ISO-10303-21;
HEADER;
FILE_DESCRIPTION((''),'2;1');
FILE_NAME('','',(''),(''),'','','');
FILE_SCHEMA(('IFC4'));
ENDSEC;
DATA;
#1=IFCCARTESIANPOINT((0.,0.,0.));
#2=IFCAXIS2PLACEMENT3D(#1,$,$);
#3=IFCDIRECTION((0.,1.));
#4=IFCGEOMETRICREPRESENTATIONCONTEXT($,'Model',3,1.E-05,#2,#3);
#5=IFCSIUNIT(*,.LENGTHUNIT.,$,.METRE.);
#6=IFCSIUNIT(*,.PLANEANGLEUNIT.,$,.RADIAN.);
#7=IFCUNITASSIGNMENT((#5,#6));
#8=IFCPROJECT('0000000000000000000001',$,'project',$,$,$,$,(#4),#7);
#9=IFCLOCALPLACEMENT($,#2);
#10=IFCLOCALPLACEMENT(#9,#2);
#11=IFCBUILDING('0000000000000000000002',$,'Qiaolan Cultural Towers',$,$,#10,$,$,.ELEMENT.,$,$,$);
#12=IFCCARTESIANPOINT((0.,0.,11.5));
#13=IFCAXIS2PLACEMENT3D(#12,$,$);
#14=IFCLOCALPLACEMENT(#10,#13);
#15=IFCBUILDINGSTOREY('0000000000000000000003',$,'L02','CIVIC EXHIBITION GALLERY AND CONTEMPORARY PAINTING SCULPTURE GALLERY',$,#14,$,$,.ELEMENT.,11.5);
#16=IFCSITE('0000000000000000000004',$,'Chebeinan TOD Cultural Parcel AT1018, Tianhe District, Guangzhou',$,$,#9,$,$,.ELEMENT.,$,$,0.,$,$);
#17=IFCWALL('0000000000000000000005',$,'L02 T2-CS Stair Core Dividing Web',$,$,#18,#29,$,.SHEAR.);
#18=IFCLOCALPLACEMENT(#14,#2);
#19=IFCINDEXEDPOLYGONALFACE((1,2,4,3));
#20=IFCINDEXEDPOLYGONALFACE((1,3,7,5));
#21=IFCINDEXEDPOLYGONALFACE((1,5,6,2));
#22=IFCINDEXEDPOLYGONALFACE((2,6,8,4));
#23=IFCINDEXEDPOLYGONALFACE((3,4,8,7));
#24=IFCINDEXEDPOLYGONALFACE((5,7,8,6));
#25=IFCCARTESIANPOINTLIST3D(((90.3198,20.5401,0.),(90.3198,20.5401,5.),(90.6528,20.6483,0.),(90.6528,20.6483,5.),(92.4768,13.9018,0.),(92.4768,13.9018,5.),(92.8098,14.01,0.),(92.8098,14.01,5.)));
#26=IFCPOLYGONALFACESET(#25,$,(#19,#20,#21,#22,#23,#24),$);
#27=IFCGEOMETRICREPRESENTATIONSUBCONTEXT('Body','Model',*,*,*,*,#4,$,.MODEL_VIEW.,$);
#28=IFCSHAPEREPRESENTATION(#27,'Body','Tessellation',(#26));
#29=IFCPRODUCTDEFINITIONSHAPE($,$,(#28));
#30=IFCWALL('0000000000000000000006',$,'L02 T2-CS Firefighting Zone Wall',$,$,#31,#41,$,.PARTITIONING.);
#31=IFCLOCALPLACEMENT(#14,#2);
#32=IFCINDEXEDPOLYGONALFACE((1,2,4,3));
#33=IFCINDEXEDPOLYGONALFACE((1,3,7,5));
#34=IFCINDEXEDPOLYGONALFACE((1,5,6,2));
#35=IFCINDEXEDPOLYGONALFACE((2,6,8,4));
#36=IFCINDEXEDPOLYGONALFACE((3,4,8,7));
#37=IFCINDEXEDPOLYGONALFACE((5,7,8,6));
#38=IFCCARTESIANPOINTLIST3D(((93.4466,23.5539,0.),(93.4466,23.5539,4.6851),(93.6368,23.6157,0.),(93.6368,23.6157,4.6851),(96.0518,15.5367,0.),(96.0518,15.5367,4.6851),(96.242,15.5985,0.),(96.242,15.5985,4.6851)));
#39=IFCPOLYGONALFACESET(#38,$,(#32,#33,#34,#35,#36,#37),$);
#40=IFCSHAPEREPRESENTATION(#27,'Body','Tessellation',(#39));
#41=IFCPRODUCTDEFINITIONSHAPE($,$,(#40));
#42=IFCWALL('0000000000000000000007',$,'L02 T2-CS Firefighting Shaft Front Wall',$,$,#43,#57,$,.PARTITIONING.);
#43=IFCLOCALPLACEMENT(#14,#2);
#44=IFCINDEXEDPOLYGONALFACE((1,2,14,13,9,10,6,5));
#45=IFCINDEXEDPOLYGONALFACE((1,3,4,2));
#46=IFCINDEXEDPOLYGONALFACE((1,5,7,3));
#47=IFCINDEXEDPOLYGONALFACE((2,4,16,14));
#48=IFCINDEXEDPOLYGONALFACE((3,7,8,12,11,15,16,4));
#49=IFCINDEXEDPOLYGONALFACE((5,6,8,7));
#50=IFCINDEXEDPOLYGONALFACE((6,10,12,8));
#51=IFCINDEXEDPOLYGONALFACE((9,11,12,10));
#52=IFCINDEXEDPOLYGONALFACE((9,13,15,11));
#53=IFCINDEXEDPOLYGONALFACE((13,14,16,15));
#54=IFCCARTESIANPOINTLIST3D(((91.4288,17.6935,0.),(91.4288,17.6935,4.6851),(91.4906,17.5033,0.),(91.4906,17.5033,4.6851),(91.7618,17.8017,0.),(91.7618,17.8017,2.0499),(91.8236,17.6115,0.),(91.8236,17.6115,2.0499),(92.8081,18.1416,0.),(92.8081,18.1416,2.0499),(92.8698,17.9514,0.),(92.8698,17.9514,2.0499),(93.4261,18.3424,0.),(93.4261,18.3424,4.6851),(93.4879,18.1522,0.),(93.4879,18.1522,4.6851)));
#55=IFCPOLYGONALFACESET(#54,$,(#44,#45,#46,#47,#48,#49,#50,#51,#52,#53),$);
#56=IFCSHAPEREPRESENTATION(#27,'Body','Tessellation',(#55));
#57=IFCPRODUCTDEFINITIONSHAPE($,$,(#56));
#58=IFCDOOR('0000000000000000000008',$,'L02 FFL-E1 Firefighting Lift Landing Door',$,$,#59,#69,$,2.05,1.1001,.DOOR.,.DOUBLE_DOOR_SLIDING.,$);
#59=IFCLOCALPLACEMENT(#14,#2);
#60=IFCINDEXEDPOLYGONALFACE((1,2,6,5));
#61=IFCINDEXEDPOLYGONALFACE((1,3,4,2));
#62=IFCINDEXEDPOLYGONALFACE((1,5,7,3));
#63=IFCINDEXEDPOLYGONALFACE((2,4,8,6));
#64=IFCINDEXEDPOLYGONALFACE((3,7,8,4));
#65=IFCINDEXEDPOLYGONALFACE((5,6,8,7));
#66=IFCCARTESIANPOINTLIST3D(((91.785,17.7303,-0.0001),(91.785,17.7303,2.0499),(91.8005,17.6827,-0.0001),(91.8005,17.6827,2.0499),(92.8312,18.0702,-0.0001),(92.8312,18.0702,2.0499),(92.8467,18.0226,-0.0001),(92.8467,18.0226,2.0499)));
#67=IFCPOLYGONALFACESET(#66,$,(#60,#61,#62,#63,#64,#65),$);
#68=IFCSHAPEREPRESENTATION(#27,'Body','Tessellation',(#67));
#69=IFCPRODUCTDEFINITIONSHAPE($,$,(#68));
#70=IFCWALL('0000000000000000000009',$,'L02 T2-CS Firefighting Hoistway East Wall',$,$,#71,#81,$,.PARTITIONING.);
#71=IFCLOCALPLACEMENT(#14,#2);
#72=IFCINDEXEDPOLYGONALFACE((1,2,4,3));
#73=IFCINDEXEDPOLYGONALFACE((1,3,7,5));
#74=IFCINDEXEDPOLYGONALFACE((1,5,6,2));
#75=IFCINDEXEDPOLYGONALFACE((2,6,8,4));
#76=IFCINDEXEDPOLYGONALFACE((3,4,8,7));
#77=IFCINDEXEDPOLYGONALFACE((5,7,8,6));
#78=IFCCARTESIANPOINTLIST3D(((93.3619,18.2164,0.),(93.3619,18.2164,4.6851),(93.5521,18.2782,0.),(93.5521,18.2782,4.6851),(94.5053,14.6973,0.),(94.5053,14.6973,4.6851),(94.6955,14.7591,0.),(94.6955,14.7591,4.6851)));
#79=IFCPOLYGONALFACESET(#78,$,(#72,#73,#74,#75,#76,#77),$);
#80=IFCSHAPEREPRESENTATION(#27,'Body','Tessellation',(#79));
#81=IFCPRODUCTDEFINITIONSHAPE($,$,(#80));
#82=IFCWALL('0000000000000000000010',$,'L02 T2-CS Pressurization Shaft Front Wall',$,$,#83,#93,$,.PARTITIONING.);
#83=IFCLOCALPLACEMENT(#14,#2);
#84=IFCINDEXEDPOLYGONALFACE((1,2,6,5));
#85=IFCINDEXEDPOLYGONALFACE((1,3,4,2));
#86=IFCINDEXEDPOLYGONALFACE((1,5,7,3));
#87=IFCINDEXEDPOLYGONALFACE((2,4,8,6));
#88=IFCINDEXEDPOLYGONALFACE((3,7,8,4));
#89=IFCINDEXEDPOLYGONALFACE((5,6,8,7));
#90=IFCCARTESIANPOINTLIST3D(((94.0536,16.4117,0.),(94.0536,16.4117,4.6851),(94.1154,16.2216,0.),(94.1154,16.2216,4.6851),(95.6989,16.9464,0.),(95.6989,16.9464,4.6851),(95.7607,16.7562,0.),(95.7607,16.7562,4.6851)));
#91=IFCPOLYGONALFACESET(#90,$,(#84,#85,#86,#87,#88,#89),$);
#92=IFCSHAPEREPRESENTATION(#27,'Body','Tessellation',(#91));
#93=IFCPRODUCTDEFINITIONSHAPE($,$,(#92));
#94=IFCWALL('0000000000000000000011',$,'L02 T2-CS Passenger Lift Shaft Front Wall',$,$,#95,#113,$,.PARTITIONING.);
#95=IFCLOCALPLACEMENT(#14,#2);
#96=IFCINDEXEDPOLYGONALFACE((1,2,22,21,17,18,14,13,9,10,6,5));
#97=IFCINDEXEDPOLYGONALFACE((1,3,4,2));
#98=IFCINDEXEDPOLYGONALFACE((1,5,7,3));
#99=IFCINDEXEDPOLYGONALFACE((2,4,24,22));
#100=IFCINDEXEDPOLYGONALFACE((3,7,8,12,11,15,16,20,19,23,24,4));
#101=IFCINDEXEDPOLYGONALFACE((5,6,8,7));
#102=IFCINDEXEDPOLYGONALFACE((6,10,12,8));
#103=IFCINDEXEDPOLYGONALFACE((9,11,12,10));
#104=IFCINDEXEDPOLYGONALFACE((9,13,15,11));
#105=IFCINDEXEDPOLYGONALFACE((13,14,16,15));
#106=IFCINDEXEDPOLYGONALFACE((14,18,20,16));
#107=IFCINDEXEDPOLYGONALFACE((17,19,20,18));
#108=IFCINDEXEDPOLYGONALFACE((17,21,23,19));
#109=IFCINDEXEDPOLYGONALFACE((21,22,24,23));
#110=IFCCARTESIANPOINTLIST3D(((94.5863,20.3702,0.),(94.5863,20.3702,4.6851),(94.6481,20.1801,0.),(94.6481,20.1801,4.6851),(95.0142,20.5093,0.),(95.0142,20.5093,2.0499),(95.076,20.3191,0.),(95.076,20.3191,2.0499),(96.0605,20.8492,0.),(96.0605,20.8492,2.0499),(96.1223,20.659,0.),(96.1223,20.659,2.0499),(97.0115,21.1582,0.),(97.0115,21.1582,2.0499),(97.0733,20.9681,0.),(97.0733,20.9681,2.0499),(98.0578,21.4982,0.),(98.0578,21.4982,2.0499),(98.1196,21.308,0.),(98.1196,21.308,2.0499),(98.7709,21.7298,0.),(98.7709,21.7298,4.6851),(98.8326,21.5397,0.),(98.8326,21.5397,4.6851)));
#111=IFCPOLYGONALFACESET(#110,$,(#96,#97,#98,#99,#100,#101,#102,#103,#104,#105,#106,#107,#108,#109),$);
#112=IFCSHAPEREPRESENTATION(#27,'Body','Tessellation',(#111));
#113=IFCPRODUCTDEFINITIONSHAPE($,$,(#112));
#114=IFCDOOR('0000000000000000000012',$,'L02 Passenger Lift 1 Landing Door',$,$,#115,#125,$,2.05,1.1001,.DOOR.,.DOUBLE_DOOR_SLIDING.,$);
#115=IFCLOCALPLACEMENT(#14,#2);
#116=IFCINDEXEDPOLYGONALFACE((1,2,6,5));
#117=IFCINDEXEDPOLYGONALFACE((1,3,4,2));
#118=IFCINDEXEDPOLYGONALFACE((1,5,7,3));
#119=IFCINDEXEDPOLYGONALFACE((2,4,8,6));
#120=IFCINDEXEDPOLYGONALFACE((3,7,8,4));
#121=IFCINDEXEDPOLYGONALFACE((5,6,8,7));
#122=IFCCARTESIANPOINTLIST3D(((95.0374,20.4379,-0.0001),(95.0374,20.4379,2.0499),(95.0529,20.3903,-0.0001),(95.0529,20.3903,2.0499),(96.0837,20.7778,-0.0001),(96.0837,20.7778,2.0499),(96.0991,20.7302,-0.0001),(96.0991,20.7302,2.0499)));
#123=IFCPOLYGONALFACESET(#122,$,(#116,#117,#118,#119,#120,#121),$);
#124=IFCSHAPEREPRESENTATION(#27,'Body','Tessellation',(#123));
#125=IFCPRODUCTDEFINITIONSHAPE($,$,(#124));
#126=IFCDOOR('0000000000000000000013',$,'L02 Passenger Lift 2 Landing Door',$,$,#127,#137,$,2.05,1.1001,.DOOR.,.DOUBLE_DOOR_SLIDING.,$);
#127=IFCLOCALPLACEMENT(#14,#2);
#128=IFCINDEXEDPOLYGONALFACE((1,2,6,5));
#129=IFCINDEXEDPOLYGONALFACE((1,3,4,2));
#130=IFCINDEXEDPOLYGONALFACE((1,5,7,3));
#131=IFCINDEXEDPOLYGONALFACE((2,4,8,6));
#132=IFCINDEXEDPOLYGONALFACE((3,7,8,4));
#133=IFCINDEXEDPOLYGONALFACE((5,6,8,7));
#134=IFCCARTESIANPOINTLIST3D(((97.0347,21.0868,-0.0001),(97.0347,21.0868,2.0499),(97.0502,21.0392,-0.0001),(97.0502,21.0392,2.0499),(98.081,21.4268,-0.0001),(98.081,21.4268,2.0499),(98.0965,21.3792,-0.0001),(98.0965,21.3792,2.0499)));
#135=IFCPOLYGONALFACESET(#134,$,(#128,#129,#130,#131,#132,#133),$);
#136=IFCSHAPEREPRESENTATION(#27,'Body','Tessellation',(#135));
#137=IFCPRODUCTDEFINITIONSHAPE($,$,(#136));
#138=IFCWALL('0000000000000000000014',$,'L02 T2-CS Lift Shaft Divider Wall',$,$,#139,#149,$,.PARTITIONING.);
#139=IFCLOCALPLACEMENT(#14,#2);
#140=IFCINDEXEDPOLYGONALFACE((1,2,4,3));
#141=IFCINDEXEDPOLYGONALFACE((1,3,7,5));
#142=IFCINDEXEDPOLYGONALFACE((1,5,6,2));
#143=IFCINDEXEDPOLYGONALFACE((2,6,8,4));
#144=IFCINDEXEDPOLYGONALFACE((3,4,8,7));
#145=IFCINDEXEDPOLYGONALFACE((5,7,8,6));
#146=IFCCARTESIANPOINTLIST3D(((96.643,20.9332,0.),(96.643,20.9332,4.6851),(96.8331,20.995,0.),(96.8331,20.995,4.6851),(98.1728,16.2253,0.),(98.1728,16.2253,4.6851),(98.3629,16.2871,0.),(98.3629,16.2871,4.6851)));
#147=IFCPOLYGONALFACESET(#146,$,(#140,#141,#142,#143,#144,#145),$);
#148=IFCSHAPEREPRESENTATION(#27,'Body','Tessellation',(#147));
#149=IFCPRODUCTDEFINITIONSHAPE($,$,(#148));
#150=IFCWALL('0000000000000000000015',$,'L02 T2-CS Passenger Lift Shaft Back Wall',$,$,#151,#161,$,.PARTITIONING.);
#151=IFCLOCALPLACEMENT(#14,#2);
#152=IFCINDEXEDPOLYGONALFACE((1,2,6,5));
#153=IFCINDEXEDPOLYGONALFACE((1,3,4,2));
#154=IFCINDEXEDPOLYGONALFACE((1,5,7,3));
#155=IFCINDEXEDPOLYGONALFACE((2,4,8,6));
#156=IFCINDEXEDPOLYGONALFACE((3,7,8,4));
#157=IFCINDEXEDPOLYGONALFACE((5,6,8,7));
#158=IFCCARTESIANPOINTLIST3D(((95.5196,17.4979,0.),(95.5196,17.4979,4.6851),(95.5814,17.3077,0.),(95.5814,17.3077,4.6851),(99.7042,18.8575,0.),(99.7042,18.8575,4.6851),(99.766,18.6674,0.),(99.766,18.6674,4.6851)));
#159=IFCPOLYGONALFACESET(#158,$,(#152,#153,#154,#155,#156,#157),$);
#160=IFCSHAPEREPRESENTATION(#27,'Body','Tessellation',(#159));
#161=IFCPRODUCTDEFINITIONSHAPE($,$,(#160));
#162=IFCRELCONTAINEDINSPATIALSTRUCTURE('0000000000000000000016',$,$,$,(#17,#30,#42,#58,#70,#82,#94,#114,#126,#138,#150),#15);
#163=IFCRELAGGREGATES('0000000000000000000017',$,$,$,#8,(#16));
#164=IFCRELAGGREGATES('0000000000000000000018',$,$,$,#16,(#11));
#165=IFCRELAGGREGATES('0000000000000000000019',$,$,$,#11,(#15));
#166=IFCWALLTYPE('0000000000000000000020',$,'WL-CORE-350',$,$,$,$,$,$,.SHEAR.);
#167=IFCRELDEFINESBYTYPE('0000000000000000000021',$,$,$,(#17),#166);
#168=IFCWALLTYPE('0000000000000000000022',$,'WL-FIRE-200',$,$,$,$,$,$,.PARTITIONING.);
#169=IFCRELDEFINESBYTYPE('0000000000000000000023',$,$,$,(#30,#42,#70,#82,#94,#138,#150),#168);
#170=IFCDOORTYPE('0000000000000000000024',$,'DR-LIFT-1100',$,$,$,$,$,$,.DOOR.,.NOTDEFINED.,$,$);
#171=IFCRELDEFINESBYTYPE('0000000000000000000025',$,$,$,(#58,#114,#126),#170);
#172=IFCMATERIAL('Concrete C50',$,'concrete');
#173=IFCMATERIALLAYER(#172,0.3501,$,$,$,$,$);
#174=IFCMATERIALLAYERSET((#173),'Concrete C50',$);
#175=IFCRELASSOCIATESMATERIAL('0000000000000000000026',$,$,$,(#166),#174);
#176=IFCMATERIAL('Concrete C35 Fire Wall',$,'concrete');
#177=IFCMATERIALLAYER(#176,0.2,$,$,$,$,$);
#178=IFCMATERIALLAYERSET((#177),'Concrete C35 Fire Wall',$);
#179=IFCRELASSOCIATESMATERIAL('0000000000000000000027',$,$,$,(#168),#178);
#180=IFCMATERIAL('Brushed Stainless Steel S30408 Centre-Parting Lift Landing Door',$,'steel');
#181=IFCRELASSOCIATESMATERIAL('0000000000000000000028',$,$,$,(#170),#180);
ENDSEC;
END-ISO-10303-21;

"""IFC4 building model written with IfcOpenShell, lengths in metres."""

from ifc_helpers import new_model, si_unit, direction, frame, frame_2d, origin, place, context, subcontext, project, spatial, rectangle, extrude, material, layer, layer_set, type_object, element, fill, save


model = new_model("IFC4")

# Units and contexts
model_context = context("Model", 3, precision=1e-05, world=origin(), true_north=direction((0.0, 1.0)))
body_context = subcontext(model_context, "Body", "Model", "MODEL_VIEW")
ifc_project = project(units=[si_unit("LENGTHUNIT", "METRE"), si_unit("PLANEANGLEUNIT", "RADIAN")], contexts=[model_context])

# Site, building, storey
site_placement = place(None, origin())
site = spatial("IfcSite", under=ifc_project, at=site_placement, Name="Chebeinan TOD Cultural Parcel AT1018, Tianhe District, Guangzhou", CompositionType="ELEMENT", RefElevation=0.0)
building_placement = place(site_placement, origin())
building = spatial("IfcBuilding", under=site, at=building_placement, Name="Qiaolan Cultural Towers", CompositionType="ELEMENT")
storey_placement = place(building_placement, frame((0.0, 0.0, 11.5)))
storey = spatial("IfcBuildingStorey", under=building, at=storey_placement, Name="L02", Description="CIVIC EXHIBITION GALLERY AND CONTEMPORARY PAINTING SCULPTURE GALLERY", CompositionType="ELEMENT", Elevation=11.5)

# Walls
ifc_material_1 = material(Name="Concrete C50", Category="concrete")
ifc_layer_1 = layer(ifc_material_1, 0.3501)
ifc_layer_set_1 = layer_set([ifc_layer_1], Name="Concrete C50")
wall_type_1 = type_object("IfcWallType", Name="WL-CORE-350", PredefinedType="SHEAR", material=ifc_layer_set_1)
wall_1_placement = place(storey_placement, frame((90.4863, 20.5942, 0.0), z_axis=(0.0, 0.0, 1.0), x_axis=(0.30902, -0.951055, 0.0)))
element("IfcWall", 1, at=wall_1_placement, inside=storey, type_object=wall_type_1, Name="L02 T2-CS Stair Core Dividing Web", PredefinedType="SHEAR", context=body_context, shape_type="SweptSolid", body=[
    extrude(rectangle(XDim=6.98, YDim=0.3501, at=frame_2d((3.49, 0.0))), origin(), (0.0, 0.0, 1.0), 5.0),
])
ifc_material_2 = material(Name="Concrete C35 Fire Wall", Category="concrete")
ifc_layer_2 = layer(ifc_material_2, 0.2)
ifc_layer_set_2 = layer_set([ifc_layer_2], Name="Concrete C35 Fire Wall")
wall_type_2 = type_object("IfcWallType", Name="WL-FIRE-200", PredefinedType="PARTITIONING", material=ifc_layer_set_2)
wall_2_placement = place(storey_placement, frame((93.5417, 23.5847, 0.0), z_axis=(0.0, 0.0, 1.0), x_axis=(0.309042, -0.951048, 0.0)))
element("IfcWall", 2, at=wall_2_placement, inside=storey, type_object=wall_type_2, Name="L02 T2-CS Firefighting Zone Wall", PredefinedType="PARTITIONING", context=body_context, shape_type="SweptSolid", body=[
    extrude(rectangle(XDim=8.4299, YDim=0.2, at=frame_2d((4.2148, 0.0))), origin(), (0.0, 0.0, 1.0), 4.6851),
])

# Wall, opening, door
wall_3_placement = place(storey_placement, frame((91.4597, 17.5984, 0.0), z_axis=(0.0, 0.0, 1.0), x_axis=(0.951062, 0.308999, 0.0)))
wall_3 = element("IfcWall", 3, at=wall_3_placement, inside=storey, type_object=wall_type_2, Name="L02 T2-CS Firefighting Shaft Front Wall", PredefinedType="PARTITIONING", context=body_context, shape_type="SweptSolid", body=[
    extrude(rectangle(XDim=2.1001, YDim=0.2, at=frame_2d((1.05, 0.0))), origin(), (0.0, 0.0, 1.0), 4.6851),
])
opening_1_placement = place(wall_3_placement, frame((0.3501, 0.0, 0.0)))
opening_1 = element("IfcOpeningElement", 4, at=opening_1_placement, cuts=wall_3, PredefinedType="OPENING", context=body_context, shape_type="SweptSolid", body=[
    extrude(rectangle(XDim=1.1001, YDim=2.05, at=frame_2d((0.55, 1.0249))), frame((0.0, 0.1099, 0.0), z_axis=(0.0, -1.0, 0.0), x_axis=(1.0, 0.0, 0.0)), (0.0, 0.0, 1.0), 0.22),
])
ifc_material_3 = material(Name="Brushed Stainless Steel S30408 Centre-Parting Lift Landing Door", Category="steel")
door_type_1 = type_object("IfcDoorType", Name="DR-LIFT-1100", OperationType="NOTDEFINED", PredefinedType="DOOR", material=ifc_material_3)
door_1_placement = place(opening_1_placement, origin())
door_1 = element("IfcDoor", 5, at=door_1_placement, inside=storey, type_object=door_type_1, Name="L02 FFL-E1 Firefighting Lift Landing Door", OperationType="DOUBLE_DOOR_SLIDING", OverallHeight=2.05, OverallWidth=1.1001, PredefinedType="DOOR", context=body_context, shape_type="SweptSolid", body=[
    extrude(rectangle(XDim=1.1001, YDim=2.05, at=frame_2d((0.55, 1.0249))), frame((0.0, 0.0249, 0.0), z_axis=(0.0, -1.0, 0.0), x_axis=(1.0, 0.0, 0.0)), (0.0, 0.0, 1.0), 0.05),
])
fill(opening_1, door_1)

# Walls
wall_4_placement = place(storey_placement, frame((93.457, 18.2473, 0.0), z_axis=(0.0, 0.0, 1.0), x_axis=(0.308994, -0.951064, 0.0)))
element("IfcWall", 6, at=wall_4_placement, inside=storey, type_object=wall_type_2, Name="L02 T2-CS Firefighting Hoistway East Wall", PredefinedType="PARTITIONING", context=body_context, shape_type="SweptSolid", body=[
    extrude(rectangle(XDim=3.7002, YDim=0.2, at=frame_2d((1.8501, 0.0))), origin(), (0.0, 0.0, 1.0), 4.6851),
])
wall_5_placement = place(storey_placement, frame((94.0845, 16.3167, 0.0), z_axis=(0.0, 0.0, 1.0), x_axis=(0.951041, 0.309064, 0.0)))
element("IfcWall", 7, at=wall_5_placement, inside=storey, type_object=wall_type_2, Name="L02 T2-CS Pressurization Shaft Front Wall", PredefinedType="PARTITIONING", context=body_context, shape_type="SweptSolid", body=[
    extrude(rectangle(XDim=1.73, YDim=0.2, at=frame_2d((0.865, 0.0))), origin(), (0.0, 0.0, 1.0), 4.6851),
])

# Wall, openings, doors
wall_6_placement = place(storey_placement, frame((94.6172, 20.2751, 0.0), z_axis=(0.0, 0.0, 1.0), x_axis=(0.951059, 0.309011, 0.0)))
wall_6 = element("IfcWall", 8, at=wall_6_placement, inside=storey, type_object=wall_type_2, Name="L02 T2-CS Passenger Lift Shaft Front Wall", PredefinedType="PARTITIONING", context=body_context, shape_type="SweptSolid", body=[
    extrude(rectangle(XDim=4.3999, YDim=0.2, at=frame_2d((2.2, 0.0))), origin(), (0.0, 0.0, 1.0), 4.6851),
])
opening_2_placement = place(wall_6_placement, frame((0.45, 0.0, 0.0)))
opening_2 = element("IfcOpeningElement", 9, at=opening_2_placement, cuts=wall_6, PredefinedType="OPENING", context=body_context, shape_type="SweptSolid", body=[
    extrude(rectangle(XDim=1.1001, YDim=2.05, at=frame_2d((0.55, 1.0249))), frame((0.0, 0.1099, 0.0), z_axis=(0.0, -1.0, 0.0), x_axis=(1.0, 0.0, 0.0)), (0.0, 0.0, 1.0), 0.22),
])
opening_3_placement = place(wall_6_placement, frame((2.55, 0.0, 0.0)))
opening_3 = element("IfcOpeningElement", 10, at=opening_3_placement, cuts=wall_6, PredefinedType="OPENING", context=body_context, shape_type="SweptSolid", body=[
    extrude(rectangle(XDim=1.1001, YDim=2.05, at=frame_2d((0.55, 1.0249))), frame((0.0, 0.1099, 0.0), z_axis=(0.0, -1.0, 0.0), x_axis=(1.0, 0.0, 0.0)), (0.0, 0.0, 1.0), 0.22),
])
door_2_placement = place(opening_2_placement, origin())
door_2 = element("IfcDoor", 11, at=door_2_placement, inside=storey, type_object=door_type_1, Name="L02 Passenger Lift 1 Landing Door", OperationType="DOUBLE_DOOR_SLIDING", OverallHeight=2.05, OverallWidth=1.1001, PredefinedType="DOOR", context=body_context, shape_type="SweptSolid", body=[
    extrude(rectangle(XDim=1.1001, YDim=2.05, at=frame_2d((0.55, 1.0249))), frame((0.0, 0.0249, 0.0), z_axis=(0.0, -1.0, 0.0), x_axis=(1.0, 0.0, 0.0)), (0.0, 0.0, 1.0), 0.05),
])
fill(opening_2, door_2)
door_3_placement = place(opening_3_placement, origin())
door_3 = element("IfcDoor", 12, at=door_3_placement, inside=storey, type_object=door_type_1, Name="L02 Passenger Lift 2 Landing Door", OperationType="DOUBLE_DOOR_SLIDING", OverallHeight=2.05, OverallWidth=1.1001, PredefinedType="DOOR", context=body_context, shape_type="SweptSolid", body=[
    extrude(rectangle(XDim=1.1001, YDim=2.05, at=frame_2d((0.55, 1.0249))), frame((0.0, 0.0249, 0.0), z_axis=(0.0, -1.0, 0.0), x_axis=(1.0, 0.0, 0.0)), (0.0, 0.0, 1.0), 0.05),
])
fill(opening_3, door_3)

# Walls
wall_7_placement = place(storey_placement, frame((96.738, 20.9641, 0.0), z_axis=(0.0, 0.0, 1.0), x_axis=(0.309043, -0.951048, 0.0)))
element("IfcWall", 13, at=wall_7_placement, inside=storey, type_object=wall_type_2, Name="L02 T2-CS Lift Shaft Divider Wall", PredefinedType="PARTITIONING", context=body_context, shape_type="SweptSolid", body=[
    extrude(rectangle(XDim=4.9502, YDim=0.2, at=frame_2d((2.4751, 0.0))), origin(), (0.0, 0.0, 1.0), 4.6851),
])
wall_8_placement = place(storey_placement, frame((95.5505, 17.4028, 0.0), z_axis=(0.0, 0.0, 1.0), x_axis=(0.951059, 0.309011, 0.0)))
element("IfcWall", 14, at=wall_8_placement, inside=storey, type_object=wall_type_2, Name="L02 T2-CS Passenger Lift Shaft Back Wall", PredefinedType="PARTITIONING", context=body_context, shape_type="SweptSolid", body=[
    extrude(rectangle(XDim=4.3999, YDim=0.2, at=frame_2d((2.2, 0.0))), origin(), (0.0, 0.0, 1.0), 4.6851),
])

save(model, "model.ifc")
